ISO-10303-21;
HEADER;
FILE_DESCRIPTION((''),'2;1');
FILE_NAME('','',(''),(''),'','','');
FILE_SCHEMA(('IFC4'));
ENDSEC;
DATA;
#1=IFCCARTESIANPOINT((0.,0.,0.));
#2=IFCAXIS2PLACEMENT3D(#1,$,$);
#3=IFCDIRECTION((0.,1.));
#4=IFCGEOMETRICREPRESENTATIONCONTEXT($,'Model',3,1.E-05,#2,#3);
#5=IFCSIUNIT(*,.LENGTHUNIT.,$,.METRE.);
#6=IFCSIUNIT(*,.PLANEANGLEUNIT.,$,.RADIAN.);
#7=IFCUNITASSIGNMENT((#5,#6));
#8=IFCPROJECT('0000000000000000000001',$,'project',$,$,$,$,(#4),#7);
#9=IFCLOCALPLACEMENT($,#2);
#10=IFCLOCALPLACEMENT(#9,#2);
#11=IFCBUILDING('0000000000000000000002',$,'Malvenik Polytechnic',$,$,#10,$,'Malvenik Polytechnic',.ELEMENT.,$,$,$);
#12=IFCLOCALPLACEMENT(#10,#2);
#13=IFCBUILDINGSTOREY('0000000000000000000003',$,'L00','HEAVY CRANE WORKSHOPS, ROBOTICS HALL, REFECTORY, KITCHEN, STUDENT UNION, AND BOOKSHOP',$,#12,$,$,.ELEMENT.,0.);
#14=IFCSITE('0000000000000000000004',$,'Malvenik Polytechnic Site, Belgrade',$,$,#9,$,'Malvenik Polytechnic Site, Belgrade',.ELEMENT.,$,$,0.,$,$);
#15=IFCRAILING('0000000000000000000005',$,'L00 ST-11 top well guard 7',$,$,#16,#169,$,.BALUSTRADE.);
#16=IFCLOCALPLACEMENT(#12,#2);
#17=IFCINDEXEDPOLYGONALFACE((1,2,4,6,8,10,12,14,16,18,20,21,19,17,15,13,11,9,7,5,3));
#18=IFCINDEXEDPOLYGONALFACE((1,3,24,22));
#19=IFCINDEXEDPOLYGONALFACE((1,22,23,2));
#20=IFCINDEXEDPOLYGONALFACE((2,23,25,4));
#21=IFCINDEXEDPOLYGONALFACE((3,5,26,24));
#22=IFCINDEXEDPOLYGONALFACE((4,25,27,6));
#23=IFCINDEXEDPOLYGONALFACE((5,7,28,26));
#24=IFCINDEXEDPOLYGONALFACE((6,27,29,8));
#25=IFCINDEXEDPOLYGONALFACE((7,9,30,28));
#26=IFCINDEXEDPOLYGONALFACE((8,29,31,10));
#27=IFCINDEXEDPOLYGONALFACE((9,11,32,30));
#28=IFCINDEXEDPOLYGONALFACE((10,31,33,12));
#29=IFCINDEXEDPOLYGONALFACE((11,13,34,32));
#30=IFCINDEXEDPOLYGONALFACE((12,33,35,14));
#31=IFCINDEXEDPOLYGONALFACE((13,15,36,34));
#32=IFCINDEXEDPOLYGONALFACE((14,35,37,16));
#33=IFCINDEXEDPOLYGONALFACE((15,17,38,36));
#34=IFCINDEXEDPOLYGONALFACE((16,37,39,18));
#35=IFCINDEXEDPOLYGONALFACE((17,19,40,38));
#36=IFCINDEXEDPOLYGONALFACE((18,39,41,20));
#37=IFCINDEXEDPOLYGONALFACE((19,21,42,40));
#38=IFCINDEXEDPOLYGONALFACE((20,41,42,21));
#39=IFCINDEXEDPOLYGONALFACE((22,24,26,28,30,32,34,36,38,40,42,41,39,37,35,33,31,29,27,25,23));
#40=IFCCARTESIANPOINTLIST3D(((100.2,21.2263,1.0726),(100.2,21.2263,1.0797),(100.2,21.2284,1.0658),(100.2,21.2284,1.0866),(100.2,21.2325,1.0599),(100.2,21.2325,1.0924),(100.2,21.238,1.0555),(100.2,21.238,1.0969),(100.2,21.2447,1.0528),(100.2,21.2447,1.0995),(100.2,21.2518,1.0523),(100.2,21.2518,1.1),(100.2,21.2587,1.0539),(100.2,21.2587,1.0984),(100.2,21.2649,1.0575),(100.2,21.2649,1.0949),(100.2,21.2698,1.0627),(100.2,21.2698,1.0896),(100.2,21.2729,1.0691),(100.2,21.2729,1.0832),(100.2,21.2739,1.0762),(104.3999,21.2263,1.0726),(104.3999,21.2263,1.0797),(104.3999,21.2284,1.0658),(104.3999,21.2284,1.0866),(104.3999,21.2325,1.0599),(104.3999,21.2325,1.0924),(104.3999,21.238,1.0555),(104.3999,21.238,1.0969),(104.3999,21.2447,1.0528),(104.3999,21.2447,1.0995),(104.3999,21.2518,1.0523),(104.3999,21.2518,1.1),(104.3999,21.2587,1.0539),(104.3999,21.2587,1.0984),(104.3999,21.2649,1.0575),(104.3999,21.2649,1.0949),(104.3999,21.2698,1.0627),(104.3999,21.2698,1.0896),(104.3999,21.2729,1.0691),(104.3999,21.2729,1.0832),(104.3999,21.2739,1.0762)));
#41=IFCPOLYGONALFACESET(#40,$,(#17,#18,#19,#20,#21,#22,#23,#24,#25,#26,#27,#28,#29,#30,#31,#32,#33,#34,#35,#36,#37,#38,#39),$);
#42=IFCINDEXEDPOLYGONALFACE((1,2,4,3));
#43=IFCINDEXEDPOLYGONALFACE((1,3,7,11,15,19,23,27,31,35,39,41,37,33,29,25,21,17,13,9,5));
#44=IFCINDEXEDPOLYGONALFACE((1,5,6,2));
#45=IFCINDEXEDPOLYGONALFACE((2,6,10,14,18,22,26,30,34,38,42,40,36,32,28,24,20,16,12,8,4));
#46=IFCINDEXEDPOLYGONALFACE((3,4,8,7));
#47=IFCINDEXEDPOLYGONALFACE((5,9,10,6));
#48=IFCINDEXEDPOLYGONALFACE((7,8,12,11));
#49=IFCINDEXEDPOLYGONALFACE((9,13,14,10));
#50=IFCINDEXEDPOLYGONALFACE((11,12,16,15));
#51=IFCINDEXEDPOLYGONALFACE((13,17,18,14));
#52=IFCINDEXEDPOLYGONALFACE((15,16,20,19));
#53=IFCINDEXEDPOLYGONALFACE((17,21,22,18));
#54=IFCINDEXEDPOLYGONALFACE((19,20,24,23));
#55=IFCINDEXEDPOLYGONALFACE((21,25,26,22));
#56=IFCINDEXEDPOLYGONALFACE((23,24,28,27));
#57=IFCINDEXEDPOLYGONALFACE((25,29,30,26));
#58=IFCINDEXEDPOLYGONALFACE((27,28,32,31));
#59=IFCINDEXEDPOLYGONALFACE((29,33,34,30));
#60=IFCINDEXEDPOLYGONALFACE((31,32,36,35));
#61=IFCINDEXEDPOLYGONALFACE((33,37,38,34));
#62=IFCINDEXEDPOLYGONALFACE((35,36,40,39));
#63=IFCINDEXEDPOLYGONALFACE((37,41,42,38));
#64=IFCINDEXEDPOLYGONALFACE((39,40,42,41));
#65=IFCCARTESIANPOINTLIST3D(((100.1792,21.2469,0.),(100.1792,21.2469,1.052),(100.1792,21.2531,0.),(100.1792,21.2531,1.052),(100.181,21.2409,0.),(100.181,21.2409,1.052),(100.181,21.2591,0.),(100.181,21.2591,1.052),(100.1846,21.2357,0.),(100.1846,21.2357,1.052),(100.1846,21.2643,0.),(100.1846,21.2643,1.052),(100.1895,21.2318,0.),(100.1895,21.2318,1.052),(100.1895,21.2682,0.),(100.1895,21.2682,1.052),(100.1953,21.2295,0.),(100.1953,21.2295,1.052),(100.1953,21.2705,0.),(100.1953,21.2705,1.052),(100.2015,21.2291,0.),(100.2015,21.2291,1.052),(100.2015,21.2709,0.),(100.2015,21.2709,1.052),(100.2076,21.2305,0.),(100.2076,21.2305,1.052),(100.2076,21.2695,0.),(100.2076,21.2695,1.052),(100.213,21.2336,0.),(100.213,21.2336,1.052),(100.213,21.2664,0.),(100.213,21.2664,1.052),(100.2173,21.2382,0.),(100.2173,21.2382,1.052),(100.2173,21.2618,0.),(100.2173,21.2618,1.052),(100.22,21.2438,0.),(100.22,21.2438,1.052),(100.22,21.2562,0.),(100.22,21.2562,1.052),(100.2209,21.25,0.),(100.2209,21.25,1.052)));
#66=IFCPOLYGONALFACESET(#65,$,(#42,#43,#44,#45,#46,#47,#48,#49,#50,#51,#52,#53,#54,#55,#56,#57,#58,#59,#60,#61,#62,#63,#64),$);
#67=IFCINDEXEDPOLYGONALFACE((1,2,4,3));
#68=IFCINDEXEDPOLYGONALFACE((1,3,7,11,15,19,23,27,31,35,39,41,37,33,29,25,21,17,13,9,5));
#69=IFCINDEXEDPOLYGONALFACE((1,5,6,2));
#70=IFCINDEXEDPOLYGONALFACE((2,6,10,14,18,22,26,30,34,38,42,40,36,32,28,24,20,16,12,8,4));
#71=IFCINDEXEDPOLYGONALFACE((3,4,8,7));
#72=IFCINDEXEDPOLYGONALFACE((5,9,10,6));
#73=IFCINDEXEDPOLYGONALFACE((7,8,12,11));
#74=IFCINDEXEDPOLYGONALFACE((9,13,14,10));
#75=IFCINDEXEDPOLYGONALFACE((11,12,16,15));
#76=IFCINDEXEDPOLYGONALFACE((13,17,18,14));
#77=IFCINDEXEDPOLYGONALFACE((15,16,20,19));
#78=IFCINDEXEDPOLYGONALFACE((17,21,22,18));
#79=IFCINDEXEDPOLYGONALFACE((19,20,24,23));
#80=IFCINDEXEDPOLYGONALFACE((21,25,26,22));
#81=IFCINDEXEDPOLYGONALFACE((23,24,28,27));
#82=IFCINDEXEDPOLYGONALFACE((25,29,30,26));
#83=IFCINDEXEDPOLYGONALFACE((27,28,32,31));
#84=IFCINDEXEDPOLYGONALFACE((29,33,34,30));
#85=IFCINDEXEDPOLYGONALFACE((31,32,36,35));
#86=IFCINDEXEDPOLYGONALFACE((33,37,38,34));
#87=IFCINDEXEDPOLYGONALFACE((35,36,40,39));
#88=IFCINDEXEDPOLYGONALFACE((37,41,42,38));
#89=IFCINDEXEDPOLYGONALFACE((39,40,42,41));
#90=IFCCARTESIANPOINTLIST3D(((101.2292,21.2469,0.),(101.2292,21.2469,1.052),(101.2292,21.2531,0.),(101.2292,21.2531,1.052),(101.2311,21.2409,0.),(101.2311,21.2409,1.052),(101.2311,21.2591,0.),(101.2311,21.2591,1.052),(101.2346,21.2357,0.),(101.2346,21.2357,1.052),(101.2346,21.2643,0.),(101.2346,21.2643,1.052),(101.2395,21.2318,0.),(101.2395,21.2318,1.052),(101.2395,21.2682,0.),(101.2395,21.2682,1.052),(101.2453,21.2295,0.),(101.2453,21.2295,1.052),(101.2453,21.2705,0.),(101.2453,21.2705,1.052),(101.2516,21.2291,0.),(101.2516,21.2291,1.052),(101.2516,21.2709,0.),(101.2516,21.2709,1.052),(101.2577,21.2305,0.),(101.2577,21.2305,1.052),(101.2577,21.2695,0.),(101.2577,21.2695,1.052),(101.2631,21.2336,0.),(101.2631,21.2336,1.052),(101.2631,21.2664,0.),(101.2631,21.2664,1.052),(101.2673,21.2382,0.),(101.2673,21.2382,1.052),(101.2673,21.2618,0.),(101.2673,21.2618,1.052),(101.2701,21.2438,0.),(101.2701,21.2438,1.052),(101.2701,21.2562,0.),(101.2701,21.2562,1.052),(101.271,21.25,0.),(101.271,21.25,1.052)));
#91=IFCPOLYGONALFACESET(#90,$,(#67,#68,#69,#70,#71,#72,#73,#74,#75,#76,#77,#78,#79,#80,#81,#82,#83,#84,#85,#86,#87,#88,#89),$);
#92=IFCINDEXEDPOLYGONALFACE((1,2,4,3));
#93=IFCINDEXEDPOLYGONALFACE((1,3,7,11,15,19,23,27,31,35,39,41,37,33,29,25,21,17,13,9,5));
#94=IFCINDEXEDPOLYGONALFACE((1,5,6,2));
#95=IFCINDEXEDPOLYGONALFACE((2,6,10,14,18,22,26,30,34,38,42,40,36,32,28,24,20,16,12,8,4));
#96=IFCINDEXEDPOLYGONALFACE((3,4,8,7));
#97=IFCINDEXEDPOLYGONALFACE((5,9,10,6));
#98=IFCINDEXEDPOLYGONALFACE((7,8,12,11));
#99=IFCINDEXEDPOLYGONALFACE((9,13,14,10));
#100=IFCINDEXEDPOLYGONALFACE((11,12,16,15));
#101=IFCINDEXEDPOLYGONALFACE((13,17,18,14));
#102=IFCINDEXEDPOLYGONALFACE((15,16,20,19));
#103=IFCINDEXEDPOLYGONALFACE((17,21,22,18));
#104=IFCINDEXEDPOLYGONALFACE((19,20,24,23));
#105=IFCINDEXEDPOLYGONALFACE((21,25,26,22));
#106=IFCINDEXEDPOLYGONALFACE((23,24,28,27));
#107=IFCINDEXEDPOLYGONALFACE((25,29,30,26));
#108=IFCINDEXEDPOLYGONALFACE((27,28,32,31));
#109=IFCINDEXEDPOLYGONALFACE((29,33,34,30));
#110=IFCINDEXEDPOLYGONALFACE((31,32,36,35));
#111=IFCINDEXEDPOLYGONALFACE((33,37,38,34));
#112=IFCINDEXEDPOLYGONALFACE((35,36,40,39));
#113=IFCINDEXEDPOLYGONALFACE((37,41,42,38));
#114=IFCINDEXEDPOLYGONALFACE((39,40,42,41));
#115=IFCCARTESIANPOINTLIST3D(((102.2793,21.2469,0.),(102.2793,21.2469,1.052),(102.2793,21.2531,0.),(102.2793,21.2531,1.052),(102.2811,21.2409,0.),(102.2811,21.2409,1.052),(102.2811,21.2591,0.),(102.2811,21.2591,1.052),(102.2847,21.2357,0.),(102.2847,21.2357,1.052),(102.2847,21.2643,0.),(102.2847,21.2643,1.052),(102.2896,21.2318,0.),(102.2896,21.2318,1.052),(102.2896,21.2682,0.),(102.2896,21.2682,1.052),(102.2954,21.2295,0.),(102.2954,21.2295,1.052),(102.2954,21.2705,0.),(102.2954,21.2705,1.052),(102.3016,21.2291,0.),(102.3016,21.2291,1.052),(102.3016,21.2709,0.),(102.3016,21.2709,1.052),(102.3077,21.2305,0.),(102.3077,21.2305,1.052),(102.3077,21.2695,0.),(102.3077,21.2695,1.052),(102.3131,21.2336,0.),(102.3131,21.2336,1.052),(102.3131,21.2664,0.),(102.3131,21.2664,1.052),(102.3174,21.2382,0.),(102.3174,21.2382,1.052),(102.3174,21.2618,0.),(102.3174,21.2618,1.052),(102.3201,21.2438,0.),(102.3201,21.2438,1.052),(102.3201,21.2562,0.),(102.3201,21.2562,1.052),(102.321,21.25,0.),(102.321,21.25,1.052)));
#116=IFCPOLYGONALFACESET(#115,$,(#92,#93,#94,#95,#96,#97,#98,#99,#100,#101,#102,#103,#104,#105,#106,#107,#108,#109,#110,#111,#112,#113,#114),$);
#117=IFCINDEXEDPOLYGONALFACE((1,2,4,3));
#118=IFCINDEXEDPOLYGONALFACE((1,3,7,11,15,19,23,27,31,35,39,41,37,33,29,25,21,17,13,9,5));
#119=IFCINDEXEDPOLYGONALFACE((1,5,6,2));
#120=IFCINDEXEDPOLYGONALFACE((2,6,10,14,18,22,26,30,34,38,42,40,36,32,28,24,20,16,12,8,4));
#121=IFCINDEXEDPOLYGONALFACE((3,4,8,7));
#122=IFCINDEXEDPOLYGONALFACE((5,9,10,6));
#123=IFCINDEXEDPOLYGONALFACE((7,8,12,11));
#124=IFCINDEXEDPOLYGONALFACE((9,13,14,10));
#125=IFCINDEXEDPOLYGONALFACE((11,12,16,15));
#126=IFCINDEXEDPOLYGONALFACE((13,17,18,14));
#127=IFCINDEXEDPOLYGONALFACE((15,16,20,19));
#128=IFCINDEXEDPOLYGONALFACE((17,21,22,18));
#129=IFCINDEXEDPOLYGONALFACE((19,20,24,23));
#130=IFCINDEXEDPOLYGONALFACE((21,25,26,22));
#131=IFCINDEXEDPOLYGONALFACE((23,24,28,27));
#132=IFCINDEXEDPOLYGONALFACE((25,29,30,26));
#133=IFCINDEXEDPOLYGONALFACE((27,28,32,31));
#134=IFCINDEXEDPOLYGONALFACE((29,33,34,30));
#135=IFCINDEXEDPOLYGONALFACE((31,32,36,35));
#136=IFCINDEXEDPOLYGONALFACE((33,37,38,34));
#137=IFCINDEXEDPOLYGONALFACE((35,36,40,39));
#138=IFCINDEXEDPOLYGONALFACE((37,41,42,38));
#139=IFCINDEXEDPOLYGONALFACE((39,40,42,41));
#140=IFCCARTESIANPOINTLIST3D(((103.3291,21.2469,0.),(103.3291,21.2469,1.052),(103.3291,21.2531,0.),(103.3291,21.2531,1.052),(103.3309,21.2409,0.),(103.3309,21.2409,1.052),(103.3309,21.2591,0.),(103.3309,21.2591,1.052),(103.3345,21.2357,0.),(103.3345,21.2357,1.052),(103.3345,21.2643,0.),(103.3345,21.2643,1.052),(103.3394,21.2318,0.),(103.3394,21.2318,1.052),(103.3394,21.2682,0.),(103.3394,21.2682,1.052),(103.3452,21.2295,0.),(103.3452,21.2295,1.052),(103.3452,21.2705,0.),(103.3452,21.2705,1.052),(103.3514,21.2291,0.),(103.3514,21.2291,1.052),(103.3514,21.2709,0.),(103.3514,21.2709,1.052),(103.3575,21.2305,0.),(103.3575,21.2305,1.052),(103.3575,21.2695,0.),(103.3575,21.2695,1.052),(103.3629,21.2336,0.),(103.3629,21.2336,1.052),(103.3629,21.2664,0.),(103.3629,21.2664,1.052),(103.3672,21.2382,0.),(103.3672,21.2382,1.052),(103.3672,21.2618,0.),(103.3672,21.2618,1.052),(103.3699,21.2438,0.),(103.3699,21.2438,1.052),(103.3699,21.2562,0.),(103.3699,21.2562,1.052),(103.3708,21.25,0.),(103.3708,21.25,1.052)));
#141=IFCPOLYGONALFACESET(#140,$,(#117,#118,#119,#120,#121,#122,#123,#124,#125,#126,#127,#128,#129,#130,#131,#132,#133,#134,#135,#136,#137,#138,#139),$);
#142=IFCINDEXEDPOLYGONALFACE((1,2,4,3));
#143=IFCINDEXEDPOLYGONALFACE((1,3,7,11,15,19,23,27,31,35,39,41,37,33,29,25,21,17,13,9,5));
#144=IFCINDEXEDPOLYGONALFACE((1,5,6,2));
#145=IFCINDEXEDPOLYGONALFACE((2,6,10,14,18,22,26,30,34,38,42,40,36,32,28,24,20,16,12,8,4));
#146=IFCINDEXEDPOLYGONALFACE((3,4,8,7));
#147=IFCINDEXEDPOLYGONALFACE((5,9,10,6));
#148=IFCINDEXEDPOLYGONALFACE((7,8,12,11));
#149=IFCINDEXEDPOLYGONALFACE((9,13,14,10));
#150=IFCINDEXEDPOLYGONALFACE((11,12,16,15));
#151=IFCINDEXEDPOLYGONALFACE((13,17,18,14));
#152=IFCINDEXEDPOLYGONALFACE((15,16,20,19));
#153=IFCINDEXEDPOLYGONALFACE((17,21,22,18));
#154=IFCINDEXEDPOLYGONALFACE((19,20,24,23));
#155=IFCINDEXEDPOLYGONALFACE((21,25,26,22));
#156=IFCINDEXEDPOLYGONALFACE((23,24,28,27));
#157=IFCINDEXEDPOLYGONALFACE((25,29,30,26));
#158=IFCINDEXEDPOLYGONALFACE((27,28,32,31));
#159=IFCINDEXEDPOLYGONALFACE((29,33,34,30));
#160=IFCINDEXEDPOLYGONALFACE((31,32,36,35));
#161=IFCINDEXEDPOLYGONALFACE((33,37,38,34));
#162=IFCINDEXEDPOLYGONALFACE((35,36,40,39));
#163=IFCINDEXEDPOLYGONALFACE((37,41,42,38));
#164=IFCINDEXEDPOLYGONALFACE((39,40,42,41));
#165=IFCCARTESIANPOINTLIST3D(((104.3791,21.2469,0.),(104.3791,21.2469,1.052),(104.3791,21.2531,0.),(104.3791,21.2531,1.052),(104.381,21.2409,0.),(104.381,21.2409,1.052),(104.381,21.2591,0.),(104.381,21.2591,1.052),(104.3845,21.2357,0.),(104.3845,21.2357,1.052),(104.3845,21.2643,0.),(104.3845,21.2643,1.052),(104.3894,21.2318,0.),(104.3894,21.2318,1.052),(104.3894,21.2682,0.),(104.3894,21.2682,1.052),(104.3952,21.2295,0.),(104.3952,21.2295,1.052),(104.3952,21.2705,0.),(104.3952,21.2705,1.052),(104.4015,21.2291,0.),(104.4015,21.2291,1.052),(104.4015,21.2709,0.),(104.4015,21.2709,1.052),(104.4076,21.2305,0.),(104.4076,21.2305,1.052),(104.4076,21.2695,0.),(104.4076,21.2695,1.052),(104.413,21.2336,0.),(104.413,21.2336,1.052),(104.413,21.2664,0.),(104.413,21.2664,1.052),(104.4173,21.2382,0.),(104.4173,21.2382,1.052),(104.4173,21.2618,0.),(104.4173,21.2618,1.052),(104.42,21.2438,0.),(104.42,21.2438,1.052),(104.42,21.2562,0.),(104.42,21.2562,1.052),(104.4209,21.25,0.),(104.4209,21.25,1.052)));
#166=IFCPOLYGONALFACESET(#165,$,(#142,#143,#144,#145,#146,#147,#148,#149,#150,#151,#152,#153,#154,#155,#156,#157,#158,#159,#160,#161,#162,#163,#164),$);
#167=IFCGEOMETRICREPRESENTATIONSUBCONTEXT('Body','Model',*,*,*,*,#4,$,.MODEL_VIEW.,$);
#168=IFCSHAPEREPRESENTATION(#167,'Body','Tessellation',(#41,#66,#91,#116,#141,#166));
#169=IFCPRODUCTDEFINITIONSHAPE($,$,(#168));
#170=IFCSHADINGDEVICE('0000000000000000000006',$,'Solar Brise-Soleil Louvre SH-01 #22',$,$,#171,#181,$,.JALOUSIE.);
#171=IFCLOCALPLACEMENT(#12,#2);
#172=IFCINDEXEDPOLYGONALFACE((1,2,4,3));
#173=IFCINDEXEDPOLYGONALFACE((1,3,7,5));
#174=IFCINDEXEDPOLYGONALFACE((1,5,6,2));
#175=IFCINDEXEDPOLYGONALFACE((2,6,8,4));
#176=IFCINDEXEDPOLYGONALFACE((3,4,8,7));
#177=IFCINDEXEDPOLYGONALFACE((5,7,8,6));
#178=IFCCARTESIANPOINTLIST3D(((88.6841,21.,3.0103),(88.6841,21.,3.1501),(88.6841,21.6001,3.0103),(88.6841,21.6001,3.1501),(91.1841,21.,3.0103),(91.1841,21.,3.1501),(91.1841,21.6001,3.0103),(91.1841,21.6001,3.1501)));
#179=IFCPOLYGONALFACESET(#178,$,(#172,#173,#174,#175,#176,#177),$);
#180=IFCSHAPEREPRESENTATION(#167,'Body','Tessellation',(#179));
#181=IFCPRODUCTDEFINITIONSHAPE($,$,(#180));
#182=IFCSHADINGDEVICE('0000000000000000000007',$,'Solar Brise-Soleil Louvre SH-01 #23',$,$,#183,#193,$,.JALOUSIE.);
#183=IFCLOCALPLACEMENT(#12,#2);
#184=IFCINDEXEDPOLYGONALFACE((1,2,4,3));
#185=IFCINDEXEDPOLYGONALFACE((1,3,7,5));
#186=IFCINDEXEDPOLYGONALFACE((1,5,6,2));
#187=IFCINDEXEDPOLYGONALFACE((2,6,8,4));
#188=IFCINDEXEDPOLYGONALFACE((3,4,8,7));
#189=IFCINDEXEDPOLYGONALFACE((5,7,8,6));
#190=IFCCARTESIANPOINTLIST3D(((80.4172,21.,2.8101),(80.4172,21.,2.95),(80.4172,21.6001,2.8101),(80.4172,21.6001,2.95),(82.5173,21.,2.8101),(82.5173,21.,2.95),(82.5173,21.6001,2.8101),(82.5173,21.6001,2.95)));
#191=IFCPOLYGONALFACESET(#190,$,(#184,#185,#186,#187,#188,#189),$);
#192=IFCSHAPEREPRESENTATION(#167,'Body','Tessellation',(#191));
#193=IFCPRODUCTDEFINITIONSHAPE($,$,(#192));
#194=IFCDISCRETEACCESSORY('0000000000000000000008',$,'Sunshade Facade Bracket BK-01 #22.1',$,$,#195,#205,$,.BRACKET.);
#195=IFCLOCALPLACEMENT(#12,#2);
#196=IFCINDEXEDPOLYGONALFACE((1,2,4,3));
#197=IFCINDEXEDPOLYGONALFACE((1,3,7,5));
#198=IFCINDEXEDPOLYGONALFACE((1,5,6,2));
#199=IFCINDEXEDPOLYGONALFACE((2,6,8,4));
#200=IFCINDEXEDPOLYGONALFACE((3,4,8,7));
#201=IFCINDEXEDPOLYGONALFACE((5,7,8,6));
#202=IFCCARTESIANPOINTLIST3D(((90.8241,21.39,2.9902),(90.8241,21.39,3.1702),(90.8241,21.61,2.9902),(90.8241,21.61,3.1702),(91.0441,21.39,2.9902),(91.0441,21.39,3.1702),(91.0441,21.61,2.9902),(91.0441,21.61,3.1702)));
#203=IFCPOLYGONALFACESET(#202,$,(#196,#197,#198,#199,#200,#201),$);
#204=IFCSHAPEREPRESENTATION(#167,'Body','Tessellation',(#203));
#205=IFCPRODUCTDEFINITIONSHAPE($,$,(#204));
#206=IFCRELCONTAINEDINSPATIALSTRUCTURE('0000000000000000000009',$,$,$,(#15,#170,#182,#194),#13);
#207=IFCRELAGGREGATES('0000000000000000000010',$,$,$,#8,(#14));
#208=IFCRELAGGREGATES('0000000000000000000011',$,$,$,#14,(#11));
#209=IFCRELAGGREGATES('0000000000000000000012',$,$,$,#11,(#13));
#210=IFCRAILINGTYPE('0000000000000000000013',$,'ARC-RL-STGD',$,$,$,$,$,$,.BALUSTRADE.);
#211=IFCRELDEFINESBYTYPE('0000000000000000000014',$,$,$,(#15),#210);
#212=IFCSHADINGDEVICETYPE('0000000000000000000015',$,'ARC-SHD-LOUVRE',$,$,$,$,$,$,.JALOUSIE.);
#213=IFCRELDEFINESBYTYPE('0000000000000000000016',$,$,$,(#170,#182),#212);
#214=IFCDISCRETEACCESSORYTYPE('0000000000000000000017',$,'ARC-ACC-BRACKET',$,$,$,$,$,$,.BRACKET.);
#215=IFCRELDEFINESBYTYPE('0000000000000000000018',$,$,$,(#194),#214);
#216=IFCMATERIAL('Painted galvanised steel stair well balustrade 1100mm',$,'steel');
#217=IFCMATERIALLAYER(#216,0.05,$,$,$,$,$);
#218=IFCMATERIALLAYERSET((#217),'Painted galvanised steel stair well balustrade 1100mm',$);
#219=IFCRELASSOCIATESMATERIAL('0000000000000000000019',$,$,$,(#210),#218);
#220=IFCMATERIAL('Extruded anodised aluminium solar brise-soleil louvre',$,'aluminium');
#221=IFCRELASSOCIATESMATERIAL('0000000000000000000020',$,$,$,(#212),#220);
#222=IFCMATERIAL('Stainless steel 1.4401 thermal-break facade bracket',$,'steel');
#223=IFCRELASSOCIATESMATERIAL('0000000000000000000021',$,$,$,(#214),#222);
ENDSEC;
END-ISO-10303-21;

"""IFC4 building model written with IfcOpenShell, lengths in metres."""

from ifc_helpers import new_model, si_unit, direction, frame, origin, origin_2d, place, context, subcontext, project, spatial, rectangle, circle, extrude, material, layer, layer_set, type_object, element, save


model = new_model("IFC4")

# Units and contexts
model_context = context("Model", 3, precision=1e-05, world=origin(), true_north=direction((0.0, 1.0)))
body_context = subcontext(model_context, "Body", "Model", "MODEL_VIEW")
ifc_project = project(units=[si_unit("LENGTHUNIT", "METRE"), si_unit("PLANEANGLEUNIT", "RADIAN")], contexts=[model_context])

# Site, building, storey
site_placement = place(None, origin())
site = spatial("IfcSite", under=ifc_project, at=site_placement, Name="Malvenik Polytechnic Site, Belgrade", LongName="Malvenik Polytechnic Site, Belgrade", CompositionType="ELEMENT", RefElevation=0.0)
building_placement = place(site_placement, origin())
building = spatial("IfcBuilding", under=site, at=building_placement, Name="Malvenik Polytechnic", LongName="Malvenik Polytechnic", CompositionType="ELEMENT")
storey_placement = place(building_placement, origin())
storey = spatial("IfcBuildingStorey", under=building, at=storey_placement, Name="L00", Description="HEAVY CRANE WORKSHOPS, ROBOTICS HALL, REFECTORY, KITCHEN, STUDENT UNION, AND BOOKSHOP", CompositionType="ELEMENT", Elevation=0.0)

# Railing
ifc_material_1 = material(Name="Painted galvanised steel stair well balustrade 1100mm", Category="steel")
ifc_layer_1 = layer(ifc_material_1, 0.05)
ifc_layer_set_1 = layer_set([ifc_layer_1], Name="Painted galvanised steel stair well balustrade 1100mm")
railing_type_1 = type_object("IfcRailingType", Name="ARC-RL-STGD", PredefinedType="BALUSTRADE", material=ifc_layer_set_1)
railing_1_placement = place(storey_placement, frame((100.2, 21.25, 0.0)))
element("IfcRailing", 1, at=railing_1_placement, inside=storey, type_object=railing_type_1, Name="L00 ST-11 top well guard 7", PredefinedType="BALUSTRADE", context=body_context, shape_type="SweptSolid", body=[
    extrude(circle(Radius=0.0239, at=origin_2d()), frame((0.0, 0.0, 1.0762), z_axis=(1.0, 0.0, 0.0), x_axis=(0.0, 1.0, 0.0)), (0.0, 0.0, 1.0), 4.2),
    extrude(circle(Radius=0.021, at=origin_2d()), origin(), (0.0, 0.0, 1.0), 1.052),
    extrude(circle(Radius=0.021, at=origin_2d()), frame((1.05, 0.0, 0.0)), (0.0, 0.0, 1.0), 1.052),
    extrude(circle(Radius=0.021, at=origin_2d()), frame((2.1001, 0.0, 0.0)), (0.0, 0.0, 1.0), 1.052),
    extrude(circle(Radius=0.021, at=origin_2d()), frame((3.1499, 0.0, 0.0)), (0.0, 0.0, 1.0), 1.052),
    extrude(circle(Radius=0.021, at=origin_2d()), frame((4.2, 0.0, 0.0)), (0.0, 0.0, 1.0), 1.052),
])

# Shading devices
ifc_material_2 = material(Name="Extruded anodised aluminium solar brise-soleil louvre", Category="aluminium")
shading_device_type = type_object("IfcShadingDeviceType", Name="ARC-SHD-LOUVRE", PredefinedType="JALOUSIE", material=ifc_material_2)
shading_device_1_placement = place(storey_placement, frame((89.9341, 21.3, 3.0103), z_axis=(0.0, 0.0, 1.0), x_axis=(1.0, 0.0, 0.0)))
element("IfcShadingDevice", 2, at=shading_device_1_placement, inside=storey, type_object=shading_device_type, Name="Solar Brise-Soleil Louvre SH-01 #22", PredefinedType="JALOUSIE", context=body_context, shape_type="SweptSolid", body=[
    extrude(rectangle(XDim=2.5, YDim=0.6001, at=origin_2d()), origin(), (0.0, 0.0, 1.0), 0.1399),
])
shading_device_2_placement = place(storey_placement, frame((81.4673, 21.3, 2.8101), z_axis=(0.0, 0.0, 1.0), x_axis=(1.0, 0.0, 0.0)))
element("IfcShadingDevice", 3, at=shading_device_2_placement, inside=storey, type_object=shading_device_type, Name="Solar Brise-Soleil Louvre SH-01 #23", PredefinedType="JALOUSIE", context=body_context, shape_type="SweptSolid", body=[
    extrude(rectangle(XDim=2.1001, YDim=0.6001, at=origin_2d()), origin(), (0.0, 0.0, 1.0), 0.1399),
])

# Discrete accessory
ifc_material_3 = material(Name="Stainless steel 1.4401 thermal-break facade bracket", Category="steel")
discrete_accessory_type = type_object("IfcDiscreteAccessoryType", Name="ARC-ACC-BRACKET", PredefinedType="BRACKET", material=ifc_material_3)
for number, where, z_axis, x_axis, name in (
    (4, (90.9341, 21.5, 2.9902), (0.0, 0.0, 1.0), (1.0, 0.0, 0.0), "Sunshade Facade Bracket BK-01 #22.1"),
):
    element("IfcDiscreteAccessory", number, at=place(storey_placement, frame(where, z_axis=z_axis, x_axis=x_axis)), inside=storey, type_object=discrete_accessory_type, Name=name, PredefinedType="BRACKET", context=body_context, shape_type="SweptSolid", body=[
        extrude(rectangle(XDim=0.22, YDim=0.22, at=origin_2d()), origin(), (0.0, 0.0, 1.0), 0.1799),
    ])

save(model, "model.ifc")
